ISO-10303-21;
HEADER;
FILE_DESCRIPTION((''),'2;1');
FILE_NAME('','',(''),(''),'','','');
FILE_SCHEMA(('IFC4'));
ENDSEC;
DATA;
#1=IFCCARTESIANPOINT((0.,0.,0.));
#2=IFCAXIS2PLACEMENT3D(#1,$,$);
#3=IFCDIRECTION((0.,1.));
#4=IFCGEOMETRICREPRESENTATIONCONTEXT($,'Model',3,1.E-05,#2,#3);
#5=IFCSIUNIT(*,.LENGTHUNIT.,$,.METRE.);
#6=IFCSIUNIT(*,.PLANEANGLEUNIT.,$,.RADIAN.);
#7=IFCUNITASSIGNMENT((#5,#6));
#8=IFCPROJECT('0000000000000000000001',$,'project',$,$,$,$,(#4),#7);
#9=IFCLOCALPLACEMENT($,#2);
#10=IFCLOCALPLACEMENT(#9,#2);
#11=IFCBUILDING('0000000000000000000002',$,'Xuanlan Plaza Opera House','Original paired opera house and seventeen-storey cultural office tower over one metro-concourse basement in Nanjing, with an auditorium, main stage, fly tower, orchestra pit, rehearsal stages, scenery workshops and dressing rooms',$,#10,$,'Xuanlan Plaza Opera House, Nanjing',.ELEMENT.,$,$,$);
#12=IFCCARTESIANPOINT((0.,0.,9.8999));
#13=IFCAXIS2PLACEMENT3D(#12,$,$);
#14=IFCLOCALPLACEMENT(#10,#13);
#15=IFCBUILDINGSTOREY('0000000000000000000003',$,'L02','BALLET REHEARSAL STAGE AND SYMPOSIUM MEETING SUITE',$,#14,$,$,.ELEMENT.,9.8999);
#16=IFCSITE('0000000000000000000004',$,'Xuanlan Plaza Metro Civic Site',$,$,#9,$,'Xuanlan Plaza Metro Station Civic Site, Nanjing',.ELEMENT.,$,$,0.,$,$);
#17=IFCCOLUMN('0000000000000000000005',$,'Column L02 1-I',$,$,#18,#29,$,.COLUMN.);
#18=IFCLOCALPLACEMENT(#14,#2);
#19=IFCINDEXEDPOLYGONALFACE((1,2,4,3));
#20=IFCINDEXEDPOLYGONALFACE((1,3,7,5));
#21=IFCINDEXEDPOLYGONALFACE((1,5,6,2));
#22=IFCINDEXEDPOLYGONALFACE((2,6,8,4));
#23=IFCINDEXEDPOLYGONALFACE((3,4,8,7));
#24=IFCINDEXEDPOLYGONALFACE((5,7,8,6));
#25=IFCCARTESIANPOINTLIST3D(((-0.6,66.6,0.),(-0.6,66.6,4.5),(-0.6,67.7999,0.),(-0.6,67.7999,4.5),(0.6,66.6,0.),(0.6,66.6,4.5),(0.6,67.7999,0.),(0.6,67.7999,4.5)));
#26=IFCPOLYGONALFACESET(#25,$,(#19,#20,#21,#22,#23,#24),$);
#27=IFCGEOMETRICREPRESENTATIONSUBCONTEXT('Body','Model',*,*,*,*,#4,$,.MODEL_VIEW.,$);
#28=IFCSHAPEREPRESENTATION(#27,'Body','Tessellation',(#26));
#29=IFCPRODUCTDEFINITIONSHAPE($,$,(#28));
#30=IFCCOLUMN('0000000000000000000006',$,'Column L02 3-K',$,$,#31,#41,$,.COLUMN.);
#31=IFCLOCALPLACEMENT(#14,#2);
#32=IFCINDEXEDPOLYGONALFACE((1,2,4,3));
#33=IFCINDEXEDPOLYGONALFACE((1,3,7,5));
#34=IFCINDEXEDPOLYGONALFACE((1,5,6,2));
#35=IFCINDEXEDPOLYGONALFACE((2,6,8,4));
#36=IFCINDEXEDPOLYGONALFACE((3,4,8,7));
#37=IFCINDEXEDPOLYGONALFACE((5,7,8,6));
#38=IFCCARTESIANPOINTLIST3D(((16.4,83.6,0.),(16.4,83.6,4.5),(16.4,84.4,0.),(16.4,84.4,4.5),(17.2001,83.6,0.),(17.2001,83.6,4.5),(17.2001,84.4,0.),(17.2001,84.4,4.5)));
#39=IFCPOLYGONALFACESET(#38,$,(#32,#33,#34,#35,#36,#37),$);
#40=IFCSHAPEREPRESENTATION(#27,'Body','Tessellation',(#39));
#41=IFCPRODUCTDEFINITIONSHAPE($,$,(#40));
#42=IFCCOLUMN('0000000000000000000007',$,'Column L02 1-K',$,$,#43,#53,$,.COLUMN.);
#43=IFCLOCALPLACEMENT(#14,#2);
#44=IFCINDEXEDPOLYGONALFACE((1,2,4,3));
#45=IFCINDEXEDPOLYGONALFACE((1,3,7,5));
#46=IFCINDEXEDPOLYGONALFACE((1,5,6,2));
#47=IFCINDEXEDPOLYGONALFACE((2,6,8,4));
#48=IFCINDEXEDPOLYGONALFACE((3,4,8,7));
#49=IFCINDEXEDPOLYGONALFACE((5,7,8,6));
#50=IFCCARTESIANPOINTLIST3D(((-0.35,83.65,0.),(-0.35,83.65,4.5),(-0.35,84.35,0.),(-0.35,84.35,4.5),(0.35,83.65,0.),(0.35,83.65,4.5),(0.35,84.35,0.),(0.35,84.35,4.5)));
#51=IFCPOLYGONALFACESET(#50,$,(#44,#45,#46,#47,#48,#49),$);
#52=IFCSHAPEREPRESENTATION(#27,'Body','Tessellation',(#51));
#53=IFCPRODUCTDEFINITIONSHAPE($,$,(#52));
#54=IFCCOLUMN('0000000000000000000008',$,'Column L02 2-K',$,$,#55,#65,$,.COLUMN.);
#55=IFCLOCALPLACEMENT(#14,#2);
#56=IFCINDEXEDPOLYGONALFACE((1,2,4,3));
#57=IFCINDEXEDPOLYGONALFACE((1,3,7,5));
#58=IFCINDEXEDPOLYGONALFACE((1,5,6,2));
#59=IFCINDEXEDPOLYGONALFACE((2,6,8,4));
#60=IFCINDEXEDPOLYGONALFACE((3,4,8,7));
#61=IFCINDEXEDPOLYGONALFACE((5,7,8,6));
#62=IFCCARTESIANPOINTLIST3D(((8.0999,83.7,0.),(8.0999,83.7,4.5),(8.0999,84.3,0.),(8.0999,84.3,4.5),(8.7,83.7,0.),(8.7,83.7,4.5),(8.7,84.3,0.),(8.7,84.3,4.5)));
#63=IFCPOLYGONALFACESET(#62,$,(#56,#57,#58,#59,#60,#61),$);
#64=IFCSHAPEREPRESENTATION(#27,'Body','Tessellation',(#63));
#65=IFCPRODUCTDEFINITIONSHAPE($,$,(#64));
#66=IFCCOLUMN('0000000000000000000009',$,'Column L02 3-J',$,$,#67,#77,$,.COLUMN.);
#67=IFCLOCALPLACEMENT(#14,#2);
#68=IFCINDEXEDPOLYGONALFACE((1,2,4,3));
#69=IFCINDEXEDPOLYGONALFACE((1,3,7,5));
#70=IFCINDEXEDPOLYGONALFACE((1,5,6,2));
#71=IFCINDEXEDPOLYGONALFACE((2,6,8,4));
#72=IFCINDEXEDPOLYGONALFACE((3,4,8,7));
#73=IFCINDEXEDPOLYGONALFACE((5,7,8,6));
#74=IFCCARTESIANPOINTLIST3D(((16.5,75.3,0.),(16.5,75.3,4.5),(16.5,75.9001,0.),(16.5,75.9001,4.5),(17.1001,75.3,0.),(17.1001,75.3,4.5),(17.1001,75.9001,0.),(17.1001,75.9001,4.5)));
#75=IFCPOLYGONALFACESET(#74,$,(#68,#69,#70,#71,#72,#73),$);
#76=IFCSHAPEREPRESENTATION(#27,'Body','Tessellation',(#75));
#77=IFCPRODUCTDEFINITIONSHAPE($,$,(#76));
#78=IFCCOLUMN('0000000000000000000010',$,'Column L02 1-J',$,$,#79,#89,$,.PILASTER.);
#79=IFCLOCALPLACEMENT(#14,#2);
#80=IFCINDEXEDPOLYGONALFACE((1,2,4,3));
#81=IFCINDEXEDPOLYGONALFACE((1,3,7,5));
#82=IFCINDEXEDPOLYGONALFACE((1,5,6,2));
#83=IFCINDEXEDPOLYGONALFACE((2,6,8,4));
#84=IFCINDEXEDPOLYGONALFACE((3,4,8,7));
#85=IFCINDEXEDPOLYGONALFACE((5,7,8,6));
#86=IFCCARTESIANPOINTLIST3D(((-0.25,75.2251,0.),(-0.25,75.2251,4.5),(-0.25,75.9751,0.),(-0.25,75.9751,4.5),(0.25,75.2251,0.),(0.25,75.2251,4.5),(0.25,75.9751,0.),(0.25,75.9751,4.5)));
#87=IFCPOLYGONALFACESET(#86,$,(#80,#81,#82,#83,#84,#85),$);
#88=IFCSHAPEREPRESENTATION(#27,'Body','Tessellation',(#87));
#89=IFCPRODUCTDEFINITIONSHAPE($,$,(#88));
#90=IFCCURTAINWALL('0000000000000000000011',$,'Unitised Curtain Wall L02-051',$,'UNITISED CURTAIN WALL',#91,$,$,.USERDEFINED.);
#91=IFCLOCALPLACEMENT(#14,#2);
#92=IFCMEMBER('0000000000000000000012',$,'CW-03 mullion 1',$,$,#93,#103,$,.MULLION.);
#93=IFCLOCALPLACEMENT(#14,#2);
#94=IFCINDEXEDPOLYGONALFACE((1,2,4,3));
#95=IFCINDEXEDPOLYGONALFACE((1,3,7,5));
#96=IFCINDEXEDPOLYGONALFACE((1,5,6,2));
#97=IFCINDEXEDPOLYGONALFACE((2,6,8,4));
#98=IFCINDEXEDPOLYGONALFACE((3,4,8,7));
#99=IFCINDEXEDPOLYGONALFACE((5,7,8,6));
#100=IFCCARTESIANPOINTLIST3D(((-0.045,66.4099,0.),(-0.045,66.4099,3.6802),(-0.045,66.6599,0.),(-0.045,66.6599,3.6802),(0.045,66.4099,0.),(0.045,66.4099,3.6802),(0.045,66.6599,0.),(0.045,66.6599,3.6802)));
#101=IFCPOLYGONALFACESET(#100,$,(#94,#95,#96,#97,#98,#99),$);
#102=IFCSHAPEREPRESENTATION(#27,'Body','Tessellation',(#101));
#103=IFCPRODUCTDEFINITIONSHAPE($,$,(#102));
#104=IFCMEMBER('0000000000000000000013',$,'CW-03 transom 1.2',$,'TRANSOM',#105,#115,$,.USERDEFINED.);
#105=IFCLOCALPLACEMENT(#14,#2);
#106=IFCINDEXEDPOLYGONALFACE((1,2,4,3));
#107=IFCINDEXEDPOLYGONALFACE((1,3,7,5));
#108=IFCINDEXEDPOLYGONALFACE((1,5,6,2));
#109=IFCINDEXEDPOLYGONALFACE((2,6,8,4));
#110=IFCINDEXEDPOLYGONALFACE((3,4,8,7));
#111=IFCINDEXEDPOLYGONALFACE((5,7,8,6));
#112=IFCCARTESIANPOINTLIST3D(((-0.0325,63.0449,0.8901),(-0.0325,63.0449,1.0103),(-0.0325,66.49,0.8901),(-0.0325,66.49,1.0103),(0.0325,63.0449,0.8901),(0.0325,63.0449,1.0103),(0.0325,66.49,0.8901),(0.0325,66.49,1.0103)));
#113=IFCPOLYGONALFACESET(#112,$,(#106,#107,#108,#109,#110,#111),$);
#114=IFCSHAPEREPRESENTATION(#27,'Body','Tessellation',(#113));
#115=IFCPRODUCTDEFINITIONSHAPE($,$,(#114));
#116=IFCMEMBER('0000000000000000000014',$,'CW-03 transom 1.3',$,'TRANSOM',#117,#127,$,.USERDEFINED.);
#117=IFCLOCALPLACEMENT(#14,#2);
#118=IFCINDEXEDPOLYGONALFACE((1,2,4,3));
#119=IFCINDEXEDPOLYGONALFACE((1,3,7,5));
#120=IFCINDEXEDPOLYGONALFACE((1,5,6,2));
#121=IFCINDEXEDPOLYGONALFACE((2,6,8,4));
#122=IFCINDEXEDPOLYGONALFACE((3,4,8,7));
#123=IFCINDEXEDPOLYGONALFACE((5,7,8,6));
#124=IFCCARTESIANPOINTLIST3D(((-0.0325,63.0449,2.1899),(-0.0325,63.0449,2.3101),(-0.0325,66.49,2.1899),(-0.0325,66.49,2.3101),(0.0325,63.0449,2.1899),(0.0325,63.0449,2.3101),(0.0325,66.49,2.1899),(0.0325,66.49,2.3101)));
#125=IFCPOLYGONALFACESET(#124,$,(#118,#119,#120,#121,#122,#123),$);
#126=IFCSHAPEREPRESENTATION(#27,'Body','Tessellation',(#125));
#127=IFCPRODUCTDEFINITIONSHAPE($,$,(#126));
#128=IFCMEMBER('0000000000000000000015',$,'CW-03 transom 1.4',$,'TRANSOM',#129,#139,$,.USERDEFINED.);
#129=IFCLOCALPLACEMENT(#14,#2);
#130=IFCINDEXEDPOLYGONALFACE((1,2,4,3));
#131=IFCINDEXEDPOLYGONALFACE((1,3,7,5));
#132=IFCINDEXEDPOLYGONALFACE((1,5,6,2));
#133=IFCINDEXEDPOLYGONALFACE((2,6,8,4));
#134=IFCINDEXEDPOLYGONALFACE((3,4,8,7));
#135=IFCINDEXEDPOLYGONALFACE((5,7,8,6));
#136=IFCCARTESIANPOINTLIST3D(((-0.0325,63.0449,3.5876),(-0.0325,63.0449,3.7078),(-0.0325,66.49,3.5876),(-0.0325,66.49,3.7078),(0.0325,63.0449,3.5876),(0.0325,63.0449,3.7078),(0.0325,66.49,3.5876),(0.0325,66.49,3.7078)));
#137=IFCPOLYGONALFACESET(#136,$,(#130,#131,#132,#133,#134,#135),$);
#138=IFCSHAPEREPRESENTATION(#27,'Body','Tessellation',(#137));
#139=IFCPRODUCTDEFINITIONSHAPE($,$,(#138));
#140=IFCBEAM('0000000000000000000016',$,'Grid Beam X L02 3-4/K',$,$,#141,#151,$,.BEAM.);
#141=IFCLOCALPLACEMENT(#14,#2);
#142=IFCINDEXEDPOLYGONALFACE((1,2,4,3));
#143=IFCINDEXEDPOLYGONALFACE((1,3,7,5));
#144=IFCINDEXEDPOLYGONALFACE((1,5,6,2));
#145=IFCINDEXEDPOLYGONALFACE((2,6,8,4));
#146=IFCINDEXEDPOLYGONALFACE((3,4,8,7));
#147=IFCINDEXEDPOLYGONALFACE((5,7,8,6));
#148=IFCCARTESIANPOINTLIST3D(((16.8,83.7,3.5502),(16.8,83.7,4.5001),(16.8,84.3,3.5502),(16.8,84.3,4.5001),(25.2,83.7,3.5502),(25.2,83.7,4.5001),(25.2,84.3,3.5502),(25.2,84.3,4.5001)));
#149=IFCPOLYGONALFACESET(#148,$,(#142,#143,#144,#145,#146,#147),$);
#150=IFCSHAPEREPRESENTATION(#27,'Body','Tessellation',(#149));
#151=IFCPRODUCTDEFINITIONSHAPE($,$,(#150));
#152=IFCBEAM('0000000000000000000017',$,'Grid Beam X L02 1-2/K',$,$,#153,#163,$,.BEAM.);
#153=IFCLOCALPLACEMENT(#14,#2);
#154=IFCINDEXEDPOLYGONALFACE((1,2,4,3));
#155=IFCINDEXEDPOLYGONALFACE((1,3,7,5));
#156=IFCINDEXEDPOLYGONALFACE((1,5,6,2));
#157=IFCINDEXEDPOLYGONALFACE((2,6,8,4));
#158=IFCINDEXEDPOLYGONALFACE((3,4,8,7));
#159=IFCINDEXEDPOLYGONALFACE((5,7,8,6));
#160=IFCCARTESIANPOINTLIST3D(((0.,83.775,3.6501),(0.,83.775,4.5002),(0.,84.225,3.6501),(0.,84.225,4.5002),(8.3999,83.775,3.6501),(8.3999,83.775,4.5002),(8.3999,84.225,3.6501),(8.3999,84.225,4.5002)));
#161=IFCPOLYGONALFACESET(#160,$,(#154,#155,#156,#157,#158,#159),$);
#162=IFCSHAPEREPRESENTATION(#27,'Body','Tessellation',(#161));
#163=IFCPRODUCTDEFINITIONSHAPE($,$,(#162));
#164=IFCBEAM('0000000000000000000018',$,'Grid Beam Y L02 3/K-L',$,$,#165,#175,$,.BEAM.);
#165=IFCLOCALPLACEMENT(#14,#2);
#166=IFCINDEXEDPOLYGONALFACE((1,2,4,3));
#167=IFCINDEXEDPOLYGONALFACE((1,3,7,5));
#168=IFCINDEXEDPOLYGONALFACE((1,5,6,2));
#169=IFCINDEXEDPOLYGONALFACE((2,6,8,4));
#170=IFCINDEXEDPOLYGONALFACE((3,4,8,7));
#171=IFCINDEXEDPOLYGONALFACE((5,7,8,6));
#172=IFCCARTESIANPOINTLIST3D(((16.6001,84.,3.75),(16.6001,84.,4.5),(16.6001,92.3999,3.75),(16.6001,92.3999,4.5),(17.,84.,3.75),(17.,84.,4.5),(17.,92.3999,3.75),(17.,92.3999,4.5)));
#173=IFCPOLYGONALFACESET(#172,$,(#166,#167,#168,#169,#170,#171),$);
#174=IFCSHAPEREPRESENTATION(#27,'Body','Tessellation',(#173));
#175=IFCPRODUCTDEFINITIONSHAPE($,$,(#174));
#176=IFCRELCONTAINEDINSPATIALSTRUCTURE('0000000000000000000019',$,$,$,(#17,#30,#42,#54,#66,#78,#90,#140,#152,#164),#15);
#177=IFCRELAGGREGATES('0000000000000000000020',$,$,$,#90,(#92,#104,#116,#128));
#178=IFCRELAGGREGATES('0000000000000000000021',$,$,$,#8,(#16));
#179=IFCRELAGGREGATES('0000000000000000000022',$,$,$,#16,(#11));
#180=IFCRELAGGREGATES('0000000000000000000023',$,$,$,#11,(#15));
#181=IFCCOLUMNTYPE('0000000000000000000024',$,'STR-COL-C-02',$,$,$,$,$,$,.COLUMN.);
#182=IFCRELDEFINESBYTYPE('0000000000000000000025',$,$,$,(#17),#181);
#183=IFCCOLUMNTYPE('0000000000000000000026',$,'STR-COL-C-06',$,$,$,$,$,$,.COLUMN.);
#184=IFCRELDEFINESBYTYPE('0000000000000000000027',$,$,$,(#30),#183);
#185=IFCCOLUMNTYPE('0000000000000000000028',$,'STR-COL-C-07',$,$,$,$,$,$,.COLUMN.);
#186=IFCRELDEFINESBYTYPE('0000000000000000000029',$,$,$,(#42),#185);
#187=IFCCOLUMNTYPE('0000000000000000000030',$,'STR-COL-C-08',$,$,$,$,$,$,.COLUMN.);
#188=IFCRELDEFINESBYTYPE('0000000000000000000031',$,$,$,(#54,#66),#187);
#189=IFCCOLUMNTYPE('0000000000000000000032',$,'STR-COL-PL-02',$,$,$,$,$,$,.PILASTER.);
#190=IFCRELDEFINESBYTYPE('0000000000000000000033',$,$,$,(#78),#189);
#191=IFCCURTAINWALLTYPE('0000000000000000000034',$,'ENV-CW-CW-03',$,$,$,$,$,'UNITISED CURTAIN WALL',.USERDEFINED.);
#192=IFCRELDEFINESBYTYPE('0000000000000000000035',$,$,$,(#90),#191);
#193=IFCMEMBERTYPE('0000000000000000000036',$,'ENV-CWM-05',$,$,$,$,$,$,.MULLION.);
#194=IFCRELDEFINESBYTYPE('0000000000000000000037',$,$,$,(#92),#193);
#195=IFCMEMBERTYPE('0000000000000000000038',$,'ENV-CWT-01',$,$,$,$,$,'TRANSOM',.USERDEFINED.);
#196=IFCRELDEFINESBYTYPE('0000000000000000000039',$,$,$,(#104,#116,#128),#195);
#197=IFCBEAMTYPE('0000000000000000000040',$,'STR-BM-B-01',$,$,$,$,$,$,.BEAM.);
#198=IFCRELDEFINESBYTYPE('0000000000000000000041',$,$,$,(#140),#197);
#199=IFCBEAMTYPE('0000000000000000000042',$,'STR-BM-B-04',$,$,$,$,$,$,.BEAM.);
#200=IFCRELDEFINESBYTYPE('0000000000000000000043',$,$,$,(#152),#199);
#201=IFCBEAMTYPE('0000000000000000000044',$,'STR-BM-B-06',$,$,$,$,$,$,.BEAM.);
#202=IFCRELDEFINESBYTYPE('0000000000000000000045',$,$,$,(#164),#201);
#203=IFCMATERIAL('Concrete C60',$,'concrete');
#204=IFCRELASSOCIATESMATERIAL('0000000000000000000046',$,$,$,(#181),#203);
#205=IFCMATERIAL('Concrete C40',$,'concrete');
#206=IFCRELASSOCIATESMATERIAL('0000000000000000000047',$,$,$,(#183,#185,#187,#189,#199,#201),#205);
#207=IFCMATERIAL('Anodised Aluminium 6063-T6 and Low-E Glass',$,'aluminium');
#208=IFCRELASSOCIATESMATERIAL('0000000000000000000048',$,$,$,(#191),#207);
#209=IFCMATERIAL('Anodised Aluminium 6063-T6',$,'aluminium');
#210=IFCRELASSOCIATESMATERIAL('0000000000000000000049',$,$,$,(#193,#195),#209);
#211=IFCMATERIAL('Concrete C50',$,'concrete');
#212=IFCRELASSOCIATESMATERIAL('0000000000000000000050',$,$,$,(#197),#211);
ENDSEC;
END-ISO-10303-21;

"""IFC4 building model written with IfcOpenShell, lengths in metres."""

from ifc_helpers import new_model, si_unit, direction, frame, origin, origin_2d, place, context, subcontext, project, spatial, rectangle, extrude, material, material_profile, profile_set, type_object, element, aggregate, save


model = new_model("IFC4")

# Units and contexts
model_context = context("Model", 3, precision=1e-05, world=origin(), true_north=direction((0.0, 1.0)))
body_context = subcontext(model_context, "Body", "Model", "MODEL_VIEW")
ifc_project = project(units=[si_unit("LENGTHUNIT", "METRE"), si_unit("PLANEANGLEUNIT", "RADIAN")], contexts=[model_context])

# Site, building, storey
site_placement = place(None, origin())
site = spatial("IfcSite", under=ifc_project, at=site_placement, Name="Xuanlan Plaza Metro Civic Site", LongName="Xuanlan Plaza Metro Station Civic Site, Nanjing", CompositionType="ELEMENT", RefElevation=0.0)
building_placement = place(site_placement, origin())
building = spatial("IfcBuilding", under=site, at=building_placement, Name="Xuanlan Plaza Opera House", Description="Original paired opera house and seventeen-storey cultural office tower over one metro-concourse basement in Nanjing, with an auditorium, main stage, fly tower, orchestra pit, rehearsal stages, scenery workshops and dressing rooms", LongName="Xuanlan Plaza Opera House, Nanjing", CompositionType="ELEMENT")
storey_placement = place(building_placement, frame((0.0, 0.0, 9.8999)))
storey = spatial("IfcBuildingStorey", under=building, at=storey_placement, Name="L02", Description="BALLET REHEARSAL STAGE AND SYMPOSIUM MEETING SUITE", CompositionType="ELEMENT", Elevation=9.8999)

# Columns
ifc_material_1 = material(Name="Concrete C60", Category="concrete")
ifc_material_profile_1 = material_profile(ifc_material_1, rectangle(XDim=1.2, YDim=1.2, at=origin_2d()), Name="RC-COL 1200x1200")
ifc_profile_set_1 = profile_set([ifc_material_profile_1], Name="Concrete C60")
column_type_1 = type_object("IfcColumnType", Name="STR-COL-C-02", PredefinedType="COLUMN", material=ifc_profile_set_1)
column_1_placement = place(storey_placement, frame((0.0, 67.2, 0.0), z_axis=(0.0, 0.0, 1.0), x_axis=(1.0, 0.0, 0.0)))
element("IfcColumn", 1, at=column_1_placement, inside=storey, type_object=column_type_1, Name="Column L02 1-I", PredefinedType="COLUMN", context=body_context, shape_type="SweptSolid", body=[
    extrude(rectangle(XDim=1.2, YDim=1.2, at=origin_2d()), origin(), (0.0, 0.0, 1.0), 4.5),
])
ifc_material_2 = material(Name="Concrete C40", Category="concrete")
ifc_material_profile_2 = material_profile(ifc_material_2, rectangle(XDim=0.8, YDim=0.8, at=origin_2d()), Name="RC-COL 800x800")
ifc_profile_set_2 = profile_set([ifc_material_profile_2], Name="Concrete C40")
column_type_2 = type_object("IfcColumnType", Name="STR-COL-C-06", PredefinedType="COLUMN", material=ifc_profile_set_2)
column_2_placement = place(storey_placement, frame((16.8, 84.0, 0.0), z_axis=(0.0, 0.0, 1.0), x_axis=(1.0, 0.0, 0.0)))
element("IfcColumn", 2, at=column_2_placement, inside=storey, type_object=column_type_2, Name="Column L02 3-K", PredefinedType="COLUMN", context=body_context, shape_type="SweptSolid", body=[
    extrude(rectangle(XDim=0.8, YDim=0.8, at=origin_2d()), origin(), (0.0, 0.0, 1.0), 4.5),
])
ifc_material_profile_3 = material_profile(ifc_material_2, rectangle(XDim=0.7, YDim=0.7, at=origin_2d()), Name="RC-COL 700x700")
ifc_profile_set_3 = profile_set([ifc_material_profile_3], Name="Concrete C40")
column_type_3 = type_object("IfcColumnType", Name="STR-COL-C-07", PredefinedType="COLUMN", material=ifc_profile_set_3)
column_3_placement = place(storey_placement, frame((0.0, 84.0, 0.0), z_axis=(0.0, 0.0, 1.0), x_axis=(1.0, 0.0, 0.0)))
element("IfcColumn", 3, at=column_3_placement, inside=storey, type_object=column_type_3, Name="Column L02 1-K", PredefinedType="COLUMN", context=body_context, shape_type="SweptSolid", body=[
    extrude(rectangle(XDim=0.7, YDim=0.7, at=origin_2d()), origin(), (0.0, 0.0, 1.0), 4.5),
])
ifc_material_profile_4 = material_profile(ifc_material_2, rectangle(XDim=0.6001, YDim=0.6001, at=origin_2d()), Name="RC-COL 600x600")
ifc_profile_set_4 = profile_set([ifc_material_profile_4], Name="Concrete C40")
column_type_4 = type_object("IfcColumnType", Name="STR-COL-C-08", PredefinedType="COLUMN", material=ifc_profile_set_4)
for number, where, z_axis, x_axis, name in (
    (4, (8.3999, 84.0, 0.0), (0.0, 0.0, 1.0), (1.0, 0.0, 0.0), "Column L02 2-K"),
    (5, (16.8, 75.6001, 0.0), (0.0, 0.0, 1.0), (1.0, 0.0, 0.0), "Column L02 3-J"),
):
    element("IfcColumn", number, at=place(storey_placement, frame(where, z_axis=z_axis, x_axis=x_axis)), inside=storey, type_object=column_type_4, Name=name, PredefinedType="COLUMN", context=body_context, shape_type="SweptSolid", body=[
        extrude(rectangle(XDim=0.6001, YDim=0.6001, at=origin_2d()), origin(), (0.0, 0.0, 1.0), 4.5),
    ])
ifc_material_profile_5 = material_profile(ifc_material_2, rectangle(XDim=0.5, YDim=0.75, at=origin_2d()), Name="RC-PIL 500x750")
ifc_profile_set_5 = profile_set([ifc_material_profile_5], Name="Concrete C40")
column_type_5 = type_object("IfcColumnType", Name="STR-COL-PL-02", PredefinedType="PILASTER", material=ifc_profile_set_5)
column_4_placement = place(storey_placement, frame((0.0, 75.6001, 0.0), z_axis=(0.0, 0.0, 1.0), x_axis=(1.0, 0.0, 0.0)))
element("IfcColumn", 6, at=column_4_placement, inside=storey, type_object=column_type_5, Name="Column L02 1-J", PredefinedType="PILASTER", context=body_context, shape_type="SweptSolid", body=[
    extrude(rectangle(XDim=0.5, YDim=0.75, at=origin_2d()), origin(), (0.0, 0.0, 1.0), 4.5),
])

# Curtain wall, members
ifc_material_3 = material(Name="Anodised Aluminium 6063-T6 and Low-E Glass", Category="aluminium")
curtain_wall_type = type_object("IfcCurtainWallType", Name="ENV-CW-CW-03", ElementType="UNITISED CURTAIN WALL", PredefinedType="USERDEFINED", material=ifc_material_3)
curtain_wall_placement = place(storey_placement, origin())
curtain_wall = element("IfcCurtainWall", 7, at=curtain_wall_placement, inside=storey, type_object=curtain_wall_type, Name="Unitised Curtain Wall L02-051", ObjectType="UNITISED CURTAIN WALL", PredefinedType="USERDEFINED")
ifc_material_4 = material(Name="Anodised Aluminium 6063-T6", Category="aluminium")
ifc_material_profile_6 = material_profile(ifc_material_4, rectangle(XDim=0.0901, YDim=0.25, at=origin_2d()), Name="ALU-M 90x250")
ifc_profile_set_6 = profile_set([ifc_material_profile_6], Name="Anodised Aluminium 6063-T6")
member_type_1 = type_object("IfcMemberType", Name="ENV-CWM-05", PredefinedType="MULLION", material=ifc_profile_set_6)
member_1_placement = place(storey_placement, frame((0.0, 66.5349, 0.0), z_axis=(0.0, 0.0, 1.0), x_axis=(1.0, 0.0, 0.0)))
member_1 = element("IfcMember", 8, at=member_1_placement, type_object=member_type_1, Name="CW-03 mullion 1", PredefinedType="MULLION", context=body_context, shape_type="SweptSolid", body=[
    extrude(rectangle(XDim=0.0901, YDim=0.25, at=origin_2d()), origin(), (0.0, 0.0, 1.0), 3.6802),
])
ifc_material_profile_7 = material_profile(ifc_material_4, rectangle(XDim=0.0649, YDim=0.1201, at=origin_2d()), Name="ALU-T 65x120")
ifc_profile_set_7 = profile_set([ifc_material_profile_7], Name="Anodised Aluminium 6063-T6")
member_type_2 = type_object("IfcMemberType", Name="ENV-CWT-01", ElementType="TRANSOM", PredefinedType="USERDEFINED", material=ifc_profile_set_7)
member_2_placement = place(storey_placement, frame((0.0, 66.49, 0.9502), z_axis=(0.0, -1.0, 0.0), x_axis=(1.0, 0.0, 0.0)))
member_2 = element("IfcMember", 9, at=member_2_placement, type_object=member_type_2, Name="CW-03 transom 1.2", ObjectType="TRANSOM", PredefinedType="USERDEFINED", context=body_context, shape_type="SweptSolid", body=[
    extrude(rectangle(XDim=0.0649, YDim=0.1201, at=origin_2d()), origin(), (0.0, 0.0, 1.0), 3.4451),
])
member_3_placement = place(storey_placement, frame((0.0, 66.49, 2.25), z_axis=(0.0, -1.0, 0.0), x_axis=(1.0, 0.0, 0.0)))
member_3 = element("IfcMember", 10, at=member_3_placement, type_object=member_type_2, Name="CW-03 transom 1.3", ObjectType="TRANSOM", PredefinedType="USERDEFINED", context=body_context, shape_type="SweptSolid", body=[
    extrude(rectangle(XDim=0.0649, YDim=0.1201, at=origin_2d()), origin(), (0.0, 0.0, 1.0), 3.4451),
])
member_4_placement = place(storey_placement, frame((0.0, 66.49, 3.6477), z_axis=(0.0, -1.0, 0.0), x_axis=(1.0, 0.0, 0.0)))
member_4 = element("IfcMember", 11, at=member_4_placement, type_object=member_type_2, Name="CW-03 transom 1.4", ObjectType="TRANSOM", PredefinedType="USERDEFINED", context=body_context, shape_type="SweptSolid", body=[
    extrude(rectangle(XDim=0.0649, YDim=0.1201, at=origin_2d()), origin(), (0.0, 0.0, 1.0), 3.4451),
])
aggregate(curtain_wall, [member_1, member_2, member_3, member_4])

# Beams
ifc_material_5 = material(Name="Concrete C50", Category="concrete")
ifc_material_profile_8 = material_profile(ifc_material_5, rectangle(XDim=0.6001, YDim=0.95, at=origin_2d()), Name="RC-BM 600x950")
ifc_profile_set_8 = profile_set([ifc_material_profile_8], Name="Concrete C50")
beam_type_1 = type_object("IfcBeamType", Name="STR-BM-B-01", PredefinedType="BEAM", material=ifc_profile_set_8)
beam_1_placement = place(storey_placement, frame((16.8, 84.0, 4.0251), z_axis=(1.0, 0.0, 0.0), x_axis=(0.0, 1.0, 0.0)))
element("IfcBeam", 12, at=beam_1_placement, inside=storey, type_object=beam_type_1, Name="Grid Beam X L02 3-4/K", PredefinedType="BEAM", context=body_context, shape_type="SweptSolid", body=[
    extrude(rectangle(XDim=0.6001, YDim=0.95, at=origin_2d()), origin(), (0.0, 0.0, 1.0), 8.3999),
])
ifc_material_profile_9 = material_profile(ifc_material_2, rectangle(XDim=0.45, YDim=0.8501, at=origin_2d()), Name="RC-BM 450x850")
ifc_profile_set_9 = profile_set([ifc_material_profile_9], Name="Concrete C40")
beam_type_2 = type_object("IfcBeamType", Name="STR-BM-B-04", PredefinedType="BEAM", material=ifc_profile_set_9)
beam_2_placement = place(storey_placement, frame((0.0, 84.0, 4.0752), z_axis=(1.0, 0.0, 0.0), x_axis=(0.0, 1.0, 0.0)))
element("IfcBeam", 13, at=beam_2_placement, inside=storey, type_object=beam_type_2, Name="Grid Beam X L02 1-2/K", PredefinedType="BEAM", context=body_context, shape_type="SweptSolid", body=[
    extrude(rectangle(XDim=0.45, YDim=0.8501, at=origin_2d()), origin(), (0.0, 0.0, 1.0), 8.3999),
])
ifc_material_profile_10 = material_profile(ifc_material_2, rectangle(XDim=0.3999, YDim=0.75, at=origin_2d()), Name="RC-BM 400x750")
ifc_profile_set_10 = profile_set([ifc_material_profile_10], Name="Concrete C40")
beam_type_3 = type_object("IfcBeamType", Name="STR-BM-B-06", PredefinedType="BEAM", material=ifc_profile_set_10)
beam_3_placement = place(storey_placement, frame((16.8, 84.0, 4.125), z_axis=(0.0, 1.0, 0.0), x_axis=(-1.0, 0.0, 0.0)))
element("IfcBeam", 14, at=beam_3_placement, inside=storey, type_object=beam_type_3, Name="Grid Beam Y L02 3/K-L", PredefinedType="BEAM", context=body_context, shape_type="SweptSolid", body=[
    extrude(rectangle(XDim=0.3999, YDim=0.75, at=origin_2d()), origin(), (0.0, 0.0, 1.0), 8.3999),
])

save(model, "model.ifc")
